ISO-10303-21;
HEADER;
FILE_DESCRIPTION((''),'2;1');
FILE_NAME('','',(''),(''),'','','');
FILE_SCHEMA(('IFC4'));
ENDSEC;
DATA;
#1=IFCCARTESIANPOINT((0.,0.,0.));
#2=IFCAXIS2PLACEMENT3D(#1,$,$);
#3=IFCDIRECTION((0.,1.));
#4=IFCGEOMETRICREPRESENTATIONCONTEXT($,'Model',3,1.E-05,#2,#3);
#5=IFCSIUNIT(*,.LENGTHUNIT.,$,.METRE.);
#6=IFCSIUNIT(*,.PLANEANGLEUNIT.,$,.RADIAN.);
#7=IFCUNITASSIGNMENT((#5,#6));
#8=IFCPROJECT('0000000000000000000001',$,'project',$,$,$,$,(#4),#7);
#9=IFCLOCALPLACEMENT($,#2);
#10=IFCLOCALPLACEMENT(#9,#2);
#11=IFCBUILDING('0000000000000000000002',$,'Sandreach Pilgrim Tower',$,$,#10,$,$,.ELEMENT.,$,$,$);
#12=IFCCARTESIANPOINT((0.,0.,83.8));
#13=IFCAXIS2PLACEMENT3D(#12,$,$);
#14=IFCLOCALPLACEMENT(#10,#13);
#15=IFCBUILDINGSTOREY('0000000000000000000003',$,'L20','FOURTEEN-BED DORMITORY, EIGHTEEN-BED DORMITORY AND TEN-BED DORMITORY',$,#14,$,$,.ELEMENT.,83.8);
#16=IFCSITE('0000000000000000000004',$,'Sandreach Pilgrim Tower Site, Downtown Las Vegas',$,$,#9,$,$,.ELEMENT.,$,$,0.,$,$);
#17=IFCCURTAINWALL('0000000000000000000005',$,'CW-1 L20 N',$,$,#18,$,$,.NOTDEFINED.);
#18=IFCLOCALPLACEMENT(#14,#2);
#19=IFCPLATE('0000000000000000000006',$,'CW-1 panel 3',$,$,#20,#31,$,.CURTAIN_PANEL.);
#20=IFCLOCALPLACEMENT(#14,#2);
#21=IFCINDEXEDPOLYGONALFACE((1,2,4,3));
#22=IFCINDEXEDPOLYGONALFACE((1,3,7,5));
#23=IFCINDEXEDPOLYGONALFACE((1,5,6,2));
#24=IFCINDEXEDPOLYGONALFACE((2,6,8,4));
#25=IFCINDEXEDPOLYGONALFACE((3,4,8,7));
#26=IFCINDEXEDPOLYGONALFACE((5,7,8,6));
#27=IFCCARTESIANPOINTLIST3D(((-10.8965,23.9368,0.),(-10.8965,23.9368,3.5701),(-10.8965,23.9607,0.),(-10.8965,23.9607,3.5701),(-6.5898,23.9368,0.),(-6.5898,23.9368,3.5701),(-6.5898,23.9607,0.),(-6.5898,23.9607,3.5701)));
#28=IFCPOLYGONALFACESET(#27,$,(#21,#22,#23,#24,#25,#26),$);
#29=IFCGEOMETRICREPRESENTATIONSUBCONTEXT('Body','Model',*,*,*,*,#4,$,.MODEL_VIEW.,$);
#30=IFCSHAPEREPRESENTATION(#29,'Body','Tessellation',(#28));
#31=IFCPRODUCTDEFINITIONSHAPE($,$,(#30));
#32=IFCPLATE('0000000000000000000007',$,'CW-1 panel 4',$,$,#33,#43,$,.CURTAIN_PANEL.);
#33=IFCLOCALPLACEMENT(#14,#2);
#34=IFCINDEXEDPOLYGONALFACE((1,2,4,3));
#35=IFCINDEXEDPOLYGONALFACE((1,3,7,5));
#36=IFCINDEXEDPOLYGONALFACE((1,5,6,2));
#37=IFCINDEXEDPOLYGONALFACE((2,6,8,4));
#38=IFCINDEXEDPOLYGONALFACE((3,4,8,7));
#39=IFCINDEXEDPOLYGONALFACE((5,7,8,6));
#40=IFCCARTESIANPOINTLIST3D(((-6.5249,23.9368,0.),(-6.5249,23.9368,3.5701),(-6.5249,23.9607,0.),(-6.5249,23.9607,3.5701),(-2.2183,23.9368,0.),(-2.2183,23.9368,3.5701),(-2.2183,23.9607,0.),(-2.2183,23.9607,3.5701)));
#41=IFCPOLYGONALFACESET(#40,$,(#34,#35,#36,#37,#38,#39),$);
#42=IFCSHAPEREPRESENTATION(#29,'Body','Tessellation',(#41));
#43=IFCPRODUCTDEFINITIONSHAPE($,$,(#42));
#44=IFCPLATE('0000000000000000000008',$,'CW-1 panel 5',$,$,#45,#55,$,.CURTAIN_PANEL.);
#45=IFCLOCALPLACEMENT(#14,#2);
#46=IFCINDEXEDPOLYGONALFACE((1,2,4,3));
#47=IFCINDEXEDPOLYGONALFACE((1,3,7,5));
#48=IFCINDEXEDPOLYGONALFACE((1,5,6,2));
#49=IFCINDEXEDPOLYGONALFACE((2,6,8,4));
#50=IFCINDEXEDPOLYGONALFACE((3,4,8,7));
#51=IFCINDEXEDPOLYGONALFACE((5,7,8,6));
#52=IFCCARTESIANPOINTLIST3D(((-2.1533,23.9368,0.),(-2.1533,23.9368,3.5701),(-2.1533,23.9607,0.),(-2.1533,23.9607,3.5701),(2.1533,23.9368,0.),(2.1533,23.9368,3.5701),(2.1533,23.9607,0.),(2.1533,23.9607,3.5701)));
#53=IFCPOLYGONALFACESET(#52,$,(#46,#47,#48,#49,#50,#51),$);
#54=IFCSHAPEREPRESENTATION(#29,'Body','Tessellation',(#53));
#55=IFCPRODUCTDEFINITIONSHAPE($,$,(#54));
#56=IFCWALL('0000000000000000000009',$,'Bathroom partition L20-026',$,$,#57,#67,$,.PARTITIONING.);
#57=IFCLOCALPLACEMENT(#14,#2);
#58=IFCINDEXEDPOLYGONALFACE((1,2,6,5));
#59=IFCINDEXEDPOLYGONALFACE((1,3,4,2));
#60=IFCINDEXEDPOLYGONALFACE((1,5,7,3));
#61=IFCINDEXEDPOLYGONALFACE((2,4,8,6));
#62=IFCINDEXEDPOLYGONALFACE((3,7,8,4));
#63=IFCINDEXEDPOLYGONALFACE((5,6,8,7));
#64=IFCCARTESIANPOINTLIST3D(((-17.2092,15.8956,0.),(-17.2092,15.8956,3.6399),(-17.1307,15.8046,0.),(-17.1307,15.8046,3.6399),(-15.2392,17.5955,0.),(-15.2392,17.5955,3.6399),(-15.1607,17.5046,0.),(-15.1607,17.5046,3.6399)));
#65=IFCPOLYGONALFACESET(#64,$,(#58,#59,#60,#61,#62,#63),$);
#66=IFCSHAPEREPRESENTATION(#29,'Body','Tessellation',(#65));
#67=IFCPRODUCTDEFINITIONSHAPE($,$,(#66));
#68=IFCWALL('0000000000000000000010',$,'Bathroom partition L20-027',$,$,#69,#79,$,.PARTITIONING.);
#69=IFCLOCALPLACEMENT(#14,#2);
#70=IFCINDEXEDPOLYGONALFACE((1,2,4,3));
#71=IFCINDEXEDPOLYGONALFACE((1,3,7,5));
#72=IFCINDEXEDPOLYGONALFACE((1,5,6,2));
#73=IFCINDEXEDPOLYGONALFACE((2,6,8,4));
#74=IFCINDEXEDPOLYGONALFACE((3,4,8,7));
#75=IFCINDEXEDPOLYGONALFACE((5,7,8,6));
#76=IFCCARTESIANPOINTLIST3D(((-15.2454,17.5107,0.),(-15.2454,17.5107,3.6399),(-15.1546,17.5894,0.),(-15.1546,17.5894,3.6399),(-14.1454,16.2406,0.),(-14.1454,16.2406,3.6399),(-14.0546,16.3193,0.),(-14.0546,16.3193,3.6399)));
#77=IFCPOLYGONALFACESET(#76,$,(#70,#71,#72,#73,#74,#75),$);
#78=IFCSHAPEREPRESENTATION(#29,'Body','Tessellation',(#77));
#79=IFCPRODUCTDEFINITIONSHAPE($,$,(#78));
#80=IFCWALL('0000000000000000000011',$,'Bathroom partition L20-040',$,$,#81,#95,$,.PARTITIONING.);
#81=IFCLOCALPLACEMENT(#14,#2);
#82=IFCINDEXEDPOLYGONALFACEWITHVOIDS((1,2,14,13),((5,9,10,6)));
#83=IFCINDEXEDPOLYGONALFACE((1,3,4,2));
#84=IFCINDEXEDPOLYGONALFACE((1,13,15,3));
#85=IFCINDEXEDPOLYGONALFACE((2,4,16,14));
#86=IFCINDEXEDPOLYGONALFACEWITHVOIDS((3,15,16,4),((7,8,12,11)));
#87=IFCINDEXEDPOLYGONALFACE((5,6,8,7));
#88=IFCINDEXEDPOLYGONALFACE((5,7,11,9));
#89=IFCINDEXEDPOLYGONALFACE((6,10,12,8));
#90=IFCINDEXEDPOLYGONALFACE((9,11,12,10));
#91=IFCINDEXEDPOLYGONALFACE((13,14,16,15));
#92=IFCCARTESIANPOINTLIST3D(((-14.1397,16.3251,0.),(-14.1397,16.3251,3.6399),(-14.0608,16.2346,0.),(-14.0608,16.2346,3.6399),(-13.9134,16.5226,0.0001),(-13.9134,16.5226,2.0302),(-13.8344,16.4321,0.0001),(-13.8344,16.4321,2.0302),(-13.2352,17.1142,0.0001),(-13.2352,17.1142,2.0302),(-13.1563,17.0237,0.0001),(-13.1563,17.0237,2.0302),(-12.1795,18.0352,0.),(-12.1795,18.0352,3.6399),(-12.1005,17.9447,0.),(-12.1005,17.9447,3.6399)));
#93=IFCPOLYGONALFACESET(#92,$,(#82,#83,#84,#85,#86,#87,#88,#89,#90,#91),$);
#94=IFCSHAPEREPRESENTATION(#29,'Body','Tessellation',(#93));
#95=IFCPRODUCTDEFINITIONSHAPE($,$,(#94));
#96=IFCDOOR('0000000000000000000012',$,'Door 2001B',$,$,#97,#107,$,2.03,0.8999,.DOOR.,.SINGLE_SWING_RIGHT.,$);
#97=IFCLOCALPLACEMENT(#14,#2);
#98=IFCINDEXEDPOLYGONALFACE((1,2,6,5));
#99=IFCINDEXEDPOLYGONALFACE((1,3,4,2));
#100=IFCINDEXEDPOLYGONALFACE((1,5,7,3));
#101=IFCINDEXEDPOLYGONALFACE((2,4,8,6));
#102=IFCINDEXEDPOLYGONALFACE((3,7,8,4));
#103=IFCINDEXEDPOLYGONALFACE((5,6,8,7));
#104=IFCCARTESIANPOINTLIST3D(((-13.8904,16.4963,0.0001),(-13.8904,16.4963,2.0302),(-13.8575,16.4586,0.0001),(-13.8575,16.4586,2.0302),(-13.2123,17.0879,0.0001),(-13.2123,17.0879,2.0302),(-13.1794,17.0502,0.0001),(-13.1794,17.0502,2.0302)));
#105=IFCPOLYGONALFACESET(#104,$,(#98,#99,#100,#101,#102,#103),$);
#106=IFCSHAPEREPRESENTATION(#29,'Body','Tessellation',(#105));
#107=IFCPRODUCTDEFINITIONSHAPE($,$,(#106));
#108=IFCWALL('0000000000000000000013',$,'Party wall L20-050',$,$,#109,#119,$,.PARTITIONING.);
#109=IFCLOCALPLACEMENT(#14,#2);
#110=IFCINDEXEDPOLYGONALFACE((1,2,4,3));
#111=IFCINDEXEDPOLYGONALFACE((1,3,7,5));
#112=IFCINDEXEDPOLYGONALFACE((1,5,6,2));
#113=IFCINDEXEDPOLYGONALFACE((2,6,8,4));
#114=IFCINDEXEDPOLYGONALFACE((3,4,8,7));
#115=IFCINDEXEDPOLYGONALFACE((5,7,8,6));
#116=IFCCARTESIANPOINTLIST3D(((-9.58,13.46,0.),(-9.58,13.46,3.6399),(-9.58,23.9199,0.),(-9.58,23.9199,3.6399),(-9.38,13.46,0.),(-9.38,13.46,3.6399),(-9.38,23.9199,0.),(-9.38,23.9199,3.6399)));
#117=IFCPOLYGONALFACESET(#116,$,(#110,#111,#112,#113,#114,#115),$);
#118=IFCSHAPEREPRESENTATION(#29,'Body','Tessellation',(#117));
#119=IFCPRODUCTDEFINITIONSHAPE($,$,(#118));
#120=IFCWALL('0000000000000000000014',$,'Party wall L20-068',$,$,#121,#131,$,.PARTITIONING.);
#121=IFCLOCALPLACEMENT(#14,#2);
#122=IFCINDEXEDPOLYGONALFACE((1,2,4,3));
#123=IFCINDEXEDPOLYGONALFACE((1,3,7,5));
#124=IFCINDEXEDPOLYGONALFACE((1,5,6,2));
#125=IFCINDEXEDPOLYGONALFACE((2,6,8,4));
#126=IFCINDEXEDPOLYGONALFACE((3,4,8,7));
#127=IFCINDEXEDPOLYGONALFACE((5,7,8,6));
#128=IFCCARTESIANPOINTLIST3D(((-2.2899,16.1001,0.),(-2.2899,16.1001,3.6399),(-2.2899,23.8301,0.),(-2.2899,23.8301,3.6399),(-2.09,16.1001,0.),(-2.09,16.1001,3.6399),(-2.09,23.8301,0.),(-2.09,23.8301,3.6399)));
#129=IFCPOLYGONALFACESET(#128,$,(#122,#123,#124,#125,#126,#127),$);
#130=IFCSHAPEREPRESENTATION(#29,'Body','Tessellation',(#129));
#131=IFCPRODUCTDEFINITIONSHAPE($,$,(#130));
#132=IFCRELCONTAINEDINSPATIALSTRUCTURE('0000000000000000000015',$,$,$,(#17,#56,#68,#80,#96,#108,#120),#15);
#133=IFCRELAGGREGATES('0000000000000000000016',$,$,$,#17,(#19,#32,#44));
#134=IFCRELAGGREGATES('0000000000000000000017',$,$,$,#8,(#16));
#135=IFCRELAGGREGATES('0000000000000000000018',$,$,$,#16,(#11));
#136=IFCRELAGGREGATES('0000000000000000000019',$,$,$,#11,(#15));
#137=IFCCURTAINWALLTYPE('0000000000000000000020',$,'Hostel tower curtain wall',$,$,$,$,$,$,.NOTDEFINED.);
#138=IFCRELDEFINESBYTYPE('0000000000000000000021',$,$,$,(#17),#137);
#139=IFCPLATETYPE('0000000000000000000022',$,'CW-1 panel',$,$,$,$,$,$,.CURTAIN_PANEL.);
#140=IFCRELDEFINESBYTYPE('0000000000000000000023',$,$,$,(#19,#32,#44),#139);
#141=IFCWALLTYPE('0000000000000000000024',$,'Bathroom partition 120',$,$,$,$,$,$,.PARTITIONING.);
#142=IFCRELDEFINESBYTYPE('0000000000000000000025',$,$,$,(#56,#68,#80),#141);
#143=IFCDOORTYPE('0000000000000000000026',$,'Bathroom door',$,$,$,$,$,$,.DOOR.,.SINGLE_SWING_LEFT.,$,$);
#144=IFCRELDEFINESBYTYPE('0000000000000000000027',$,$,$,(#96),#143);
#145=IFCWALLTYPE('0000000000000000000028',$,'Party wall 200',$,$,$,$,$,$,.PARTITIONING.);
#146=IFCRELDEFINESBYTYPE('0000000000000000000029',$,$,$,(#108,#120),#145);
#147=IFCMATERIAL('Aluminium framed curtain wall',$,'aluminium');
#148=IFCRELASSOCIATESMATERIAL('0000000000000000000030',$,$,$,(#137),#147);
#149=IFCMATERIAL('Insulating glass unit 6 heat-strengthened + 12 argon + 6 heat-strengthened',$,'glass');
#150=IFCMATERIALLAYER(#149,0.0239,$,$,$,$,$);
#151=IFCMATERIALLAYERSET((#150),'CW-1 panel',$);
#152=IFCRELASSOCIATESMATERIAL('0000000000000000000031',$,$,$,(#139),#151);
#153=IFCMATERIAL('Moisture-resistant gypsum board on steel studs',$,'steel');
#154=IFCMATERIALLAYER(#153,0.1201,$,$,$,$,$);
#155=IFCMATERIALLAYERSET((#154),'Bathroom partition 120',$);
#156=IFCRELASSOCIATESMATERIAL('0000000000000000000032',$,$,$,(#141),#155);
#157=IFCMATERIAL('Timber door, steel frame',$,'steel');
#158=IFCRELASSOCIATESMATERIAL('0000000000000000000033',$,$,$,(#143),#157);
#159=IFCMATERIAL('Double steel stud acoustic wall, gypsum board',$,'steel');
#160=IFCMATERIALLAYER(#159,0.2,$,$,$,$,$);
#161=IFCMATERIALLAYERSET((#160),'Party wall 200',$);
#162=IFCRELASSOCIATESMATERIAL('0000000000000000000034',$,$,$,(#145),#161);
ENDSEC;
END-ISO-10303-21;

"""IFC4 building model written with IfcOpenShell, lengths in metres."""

from ifc_helpers import new_model, si_unit, direction, frame, frame_2d, origin, origin_2d, place, context, subcontext, project, spatial, rectangle, extrude, material, layer, layer_set, type_object, element, fill, aggregate, save


model = new_model("IFC4")

# Units and contexts
model_context = context("Model", 3, precision=1e-05, world=origin(), true_north=direction((0.0, 1.0)))
body_context = subcontext(model_context, "Body", "Model", "MODEL_VIEW")
ifc_project = project(units=[si_unit("LENGTHUNIT", "METRE"), si_unit("PLANEANGLEUNIT", "RADIAN")], contexts=[model_context])

# Site, building, storey
site_placement = place(None, origin())
site = spatial("IfcSite", under=ifc_project, at=site_placement, Name="Sandreach Pilgrim Tower Site, Downtown Las Vegas", CompositionType="ELEMENT", RefElevation=0.0)
building_placement = place(site_placement, origin())
building = spatial("IfcBuilding", under=site, at=building_placement, Name="Sandreach Pilgrim Tower", CompositionType="ELEMENT")
storey_placement = place(building_placement, frame((0.0, 0.0, 83.8)))
storey = spatial("IfcBuildingStorey", under=building, at=storey_placement, Name="L20", Description="FOURTEEN-BED DORMITORY, EIGHTEEN-BED DORMITORY AND TEN-BED DORMITORY", CompositionType="ELEMENT", Elevation=83.8)

# Curtain wall
ifc_material_1 = material(Name="Aluminium framed curtain wall", Category="aluminium")
curtain_wall_type = type_object("IfcCurtainWallType", Name="Hostel tower curtain wall", PredefinedType="NOTDEFINED", material=ifc_material_1)
curtain_wall_placement = place(storey_placement, origin())
curtain_wall = element("IfcCurtainWall", 1, at=curtain_wall_placement, inside=storey, type_object=curtain_wall_type, Name="CW-1 L20 N", PredefinedType="NOTDEFINED")

# Plates
ifc_material_2 = material(Name="Insulating glass unit 6 heat-strengthened + 12 argon + 6 heat-strengthened", Category="glass")
ifc_layer_1 = layer(ifc_material_2, 0.0239)
ifc_layer_set_1 = layer_set([ifc_layer_1], Name="CW-1 panel")
plate_type = type_object("IfcPlateType", Name="CW-1 panel", PredefinedType="CURTAIN_PANEL", material=ifc_layer_set_1)
plate_1_placement = place(storey_placement, frame((-8.7432, 23.9487, 0.0), z_axis=(0.0, 0.0, 1.0), x_axis=(1.0, 0.0, 0.0)))
plate_1 = element("IfcPlate", 2, at=plate_1_placement, type_object=plate_type, Name="CW-1 panel 3", PredefinedType="CURTAIN_PANEL", context=body_context, shape_type="SweptSolid", body=[
    extrude(rectangle(XDim=4.3066, YDim=0.0239, at=origin_2d()), origin(), (0.0, 0.0, 1.0), 3.5701),
])
plate_2_placement = place(storey_placement, frame((-4.3716, 23.9487, 0.0), z_axis=(0.0, 0.0, 1.0), x_axis=(1.0, 0.0, 0.0)))
plate_2 = element("IfcPlate", 3, at=plate_2_placement, type_object=plate_type, Name="CW-1 panel 4", PredefinedType="CURTAIN_PANEL", context=body_context, shape_type="SweptSolid", body=[
    extrude(rectangle(XDim=4.3066, YDim=0.0239, at=origin_2d()), origin(), (0.0, 0.0, 1.0), 3.5701),
])
plate_3_placement = place(storey_placement, frame((0.0, 23.9487, 0.0), z_axis=(0.0, 0.0, 1.0), x_axis=(1.0, 0.0, 0.0)))
plate_3 = element("IfcPlate", 4, at=plate_3_placement, type_object=plate_type, Name="CW-1 panel 5", PredefinedType="CURTAIN_PANEL", context=body_context, shape_type="SweptSolid", body=[
    extrude(rectangle(XDim=4.3066, YDim=0.0239, at=origin_2d()), origin(), (0.0, 0.0, 1.0), 3.5701),
])
aggregate(curtain_wall, [plate_1, plate_2, plate_3])

# Walls
ifc_material_3 = material(Name="Moisture-resistant gypsum board on steel studs", Category="steel")
ifc_layer_2 = layer(ifc_material_3, 0.1201)
ifc_layer_set_2 = layer_set([ifc_layer_2], Name="Bathroom partition 120")
wall_type_1 = type_object("IfcWallType", Name="Bathroom partition 120", PredefinedType="PARTITIONING", material=ifc_layer_set_2)
wall_1_placement = place(storey_placement, frame((-15.2, 17.55, 0.0), z_axis=(0.0, 0.0, 1.0), x_axis=(-0.757087, -0.653314, 0.0)))
element("IfcWall", 5, at=wall_1_placement, inside=storey, type_object=wall_type_1, Name="Bathroom partition L20-026", PredefinedType="PARTITIONING", context=body_context, shape_type="SweptSolid", body=[
    extrude(rectangle(XDim=2.6021, YDim=0.1201, at=frame_2d((1.301, 0.0))), origin(), (0.0, 0.0, 1.0), 3.6399),
])
wall_2_placement = place(storey_placement, frame((-15.2, 17.55, 0.0), z_axis=(0.0, 0.0, 1.0), x_axis=(0.654648, -0.755934, 0.0)))
element("IfcWall", 6, at=wall_2_placement, inside=storey, type_object=wall_type_1, Name="Bathroom partition L20-027", PredefinedType="PARTITIONING", context=body_context, shape_type="SweptSolid", body=[
    extrude(rectangle(XDim=1.6802, YDim=0.1201, at=frame_2d((0.8401, 0.0))), origin(), (0.0, 0.0, 1.0), 3.6399),
])

# Wall, opening, door
wall_3_placement = place(storey_placement, frame((-12.1399, 17.99, 0.0), z_axis=(0.0, 0.0, 1.0), x_axis=(-0.75357, -0.657368, 0.0)))
wall_3 = element("IfcWall", 7, at=wall_3_placement, inside=storey, type_object=wall_type_1, Name="Bathroom partition L20-040", PredefinedType="PARTITIONING", context=body_context, shape_type="SweptSolid", body=[
    extrude(rectangle(XDim=2.6013, YDim=0.1201, at=frame_2d((1.3008, 0.0))), origin(), (0.0, 0.0, 1.0), 3.6399),
])
opening_placement = place(wall_3_placement, frame((1.4011, 0.0, 0.0)))
opening = element("IfcOpeningElement", 8, at=opening_placement, cuts=wall_3, PredefinedType="OPENING", context=body_context, shape_type="SweptSolid", body=[
    extrude(rectangle(XDim=0.8999, YDim=2.03, at=frame_2d((0.45, 1.0151))), frame((0.0, 0.0601, 0.0), z_axis=(0.0, -1.0, 0.0), x_axis=(1.0, 0.0, 0.0)), (0.0, 0.0, 1.0), 0.1201),
])
ifc_material_4 = material(Name="Timber door, steel frame", Category="steel")
door_type = type_object("IfcDoorType", Name="Bathroom door", OperationType="SINGLE_SWING_LEFT", PredefinedType="DOOR", material=ifc_material_4)
door_placement = place(opening_placement, origin())
door = element("IfcDoor", 9, at=door_placement, inside=storey, type_object=door_type, Name="Door 2001B", OperationType="SINGLE_SWING_RIGHT", OverallHeight=2.03, OverallWidth=0.8999, PredefinedType="DOOR", context=body_context, shape_type="SweptSolid", body=[
    extrude(rectangle(XDim=0.8999, YDim=2.03, at=frame_2d((0.45, 1.0151))), frame((0.0, 0.0249, 0.0), z_axis=(0.0, -1.0, 0.0), x_axis=(1.0, 0.0, 0.0)), (0.0, 0.0, 1.0), 0.05),
])
fill(opening, door)

# Walls
ifc_material_5 = material(Name="Double steel stud acoustic wall, gypsum board", Category="steel")
ifc_layer_3 = layer(ifc_material_5, 0.2)
ifc_layer_set_3 = layer_set([ifc_layer_3], Name="Party wall 200")
wall_type_2 = type_object("IfcWallType", Name="Party wall 200", PredefinedType="PARTITIONING", material=ifc_layer_set_3)
wall_4_placement = place(storey_placement, frame((-9.48, 23.9199, 0.0), z_axis=(0.0, 0.0, 1.0), x_axis=(0.0, -1.0, 0.0)))
element("IfcWall", 10, at=wall_4_placement, inside=storey, type_object=wall_type_2, Name="Party wall L20-050", PredefinedType="PARTITIONING", context=body_context, shape_type="SweptSolid", body=[
    extrude(rectangle(XDim=10.46, YDim=0.2, at=frame_2d((5.23, 0.0))), origin(), (0.0, 0.0, 1.0), 3.6399),
])
wall_5_placement = place(storey_placement, frame((-2.1899, 23.8301, 0.0), z_axis=(0.0, 0.0, 1.0), x_axis=(0.0, -1.0, 0.0)))
element("IfcWall", 11, at=wall_5_placement, inside=storey, type_object=wall_type_2, Name="Party wall L20-068", PredefinedType="PARTITIONING", context=body_context, shape_type="SweptSolid", body=[
    extrude(rectangle(XDim=7.73, YDim=0.2, at=frame_2d((3.865, 0.0))), origin(), (0.0, 0.0, 1.0), 3.6399),
])

save(model, "model.ifc")
